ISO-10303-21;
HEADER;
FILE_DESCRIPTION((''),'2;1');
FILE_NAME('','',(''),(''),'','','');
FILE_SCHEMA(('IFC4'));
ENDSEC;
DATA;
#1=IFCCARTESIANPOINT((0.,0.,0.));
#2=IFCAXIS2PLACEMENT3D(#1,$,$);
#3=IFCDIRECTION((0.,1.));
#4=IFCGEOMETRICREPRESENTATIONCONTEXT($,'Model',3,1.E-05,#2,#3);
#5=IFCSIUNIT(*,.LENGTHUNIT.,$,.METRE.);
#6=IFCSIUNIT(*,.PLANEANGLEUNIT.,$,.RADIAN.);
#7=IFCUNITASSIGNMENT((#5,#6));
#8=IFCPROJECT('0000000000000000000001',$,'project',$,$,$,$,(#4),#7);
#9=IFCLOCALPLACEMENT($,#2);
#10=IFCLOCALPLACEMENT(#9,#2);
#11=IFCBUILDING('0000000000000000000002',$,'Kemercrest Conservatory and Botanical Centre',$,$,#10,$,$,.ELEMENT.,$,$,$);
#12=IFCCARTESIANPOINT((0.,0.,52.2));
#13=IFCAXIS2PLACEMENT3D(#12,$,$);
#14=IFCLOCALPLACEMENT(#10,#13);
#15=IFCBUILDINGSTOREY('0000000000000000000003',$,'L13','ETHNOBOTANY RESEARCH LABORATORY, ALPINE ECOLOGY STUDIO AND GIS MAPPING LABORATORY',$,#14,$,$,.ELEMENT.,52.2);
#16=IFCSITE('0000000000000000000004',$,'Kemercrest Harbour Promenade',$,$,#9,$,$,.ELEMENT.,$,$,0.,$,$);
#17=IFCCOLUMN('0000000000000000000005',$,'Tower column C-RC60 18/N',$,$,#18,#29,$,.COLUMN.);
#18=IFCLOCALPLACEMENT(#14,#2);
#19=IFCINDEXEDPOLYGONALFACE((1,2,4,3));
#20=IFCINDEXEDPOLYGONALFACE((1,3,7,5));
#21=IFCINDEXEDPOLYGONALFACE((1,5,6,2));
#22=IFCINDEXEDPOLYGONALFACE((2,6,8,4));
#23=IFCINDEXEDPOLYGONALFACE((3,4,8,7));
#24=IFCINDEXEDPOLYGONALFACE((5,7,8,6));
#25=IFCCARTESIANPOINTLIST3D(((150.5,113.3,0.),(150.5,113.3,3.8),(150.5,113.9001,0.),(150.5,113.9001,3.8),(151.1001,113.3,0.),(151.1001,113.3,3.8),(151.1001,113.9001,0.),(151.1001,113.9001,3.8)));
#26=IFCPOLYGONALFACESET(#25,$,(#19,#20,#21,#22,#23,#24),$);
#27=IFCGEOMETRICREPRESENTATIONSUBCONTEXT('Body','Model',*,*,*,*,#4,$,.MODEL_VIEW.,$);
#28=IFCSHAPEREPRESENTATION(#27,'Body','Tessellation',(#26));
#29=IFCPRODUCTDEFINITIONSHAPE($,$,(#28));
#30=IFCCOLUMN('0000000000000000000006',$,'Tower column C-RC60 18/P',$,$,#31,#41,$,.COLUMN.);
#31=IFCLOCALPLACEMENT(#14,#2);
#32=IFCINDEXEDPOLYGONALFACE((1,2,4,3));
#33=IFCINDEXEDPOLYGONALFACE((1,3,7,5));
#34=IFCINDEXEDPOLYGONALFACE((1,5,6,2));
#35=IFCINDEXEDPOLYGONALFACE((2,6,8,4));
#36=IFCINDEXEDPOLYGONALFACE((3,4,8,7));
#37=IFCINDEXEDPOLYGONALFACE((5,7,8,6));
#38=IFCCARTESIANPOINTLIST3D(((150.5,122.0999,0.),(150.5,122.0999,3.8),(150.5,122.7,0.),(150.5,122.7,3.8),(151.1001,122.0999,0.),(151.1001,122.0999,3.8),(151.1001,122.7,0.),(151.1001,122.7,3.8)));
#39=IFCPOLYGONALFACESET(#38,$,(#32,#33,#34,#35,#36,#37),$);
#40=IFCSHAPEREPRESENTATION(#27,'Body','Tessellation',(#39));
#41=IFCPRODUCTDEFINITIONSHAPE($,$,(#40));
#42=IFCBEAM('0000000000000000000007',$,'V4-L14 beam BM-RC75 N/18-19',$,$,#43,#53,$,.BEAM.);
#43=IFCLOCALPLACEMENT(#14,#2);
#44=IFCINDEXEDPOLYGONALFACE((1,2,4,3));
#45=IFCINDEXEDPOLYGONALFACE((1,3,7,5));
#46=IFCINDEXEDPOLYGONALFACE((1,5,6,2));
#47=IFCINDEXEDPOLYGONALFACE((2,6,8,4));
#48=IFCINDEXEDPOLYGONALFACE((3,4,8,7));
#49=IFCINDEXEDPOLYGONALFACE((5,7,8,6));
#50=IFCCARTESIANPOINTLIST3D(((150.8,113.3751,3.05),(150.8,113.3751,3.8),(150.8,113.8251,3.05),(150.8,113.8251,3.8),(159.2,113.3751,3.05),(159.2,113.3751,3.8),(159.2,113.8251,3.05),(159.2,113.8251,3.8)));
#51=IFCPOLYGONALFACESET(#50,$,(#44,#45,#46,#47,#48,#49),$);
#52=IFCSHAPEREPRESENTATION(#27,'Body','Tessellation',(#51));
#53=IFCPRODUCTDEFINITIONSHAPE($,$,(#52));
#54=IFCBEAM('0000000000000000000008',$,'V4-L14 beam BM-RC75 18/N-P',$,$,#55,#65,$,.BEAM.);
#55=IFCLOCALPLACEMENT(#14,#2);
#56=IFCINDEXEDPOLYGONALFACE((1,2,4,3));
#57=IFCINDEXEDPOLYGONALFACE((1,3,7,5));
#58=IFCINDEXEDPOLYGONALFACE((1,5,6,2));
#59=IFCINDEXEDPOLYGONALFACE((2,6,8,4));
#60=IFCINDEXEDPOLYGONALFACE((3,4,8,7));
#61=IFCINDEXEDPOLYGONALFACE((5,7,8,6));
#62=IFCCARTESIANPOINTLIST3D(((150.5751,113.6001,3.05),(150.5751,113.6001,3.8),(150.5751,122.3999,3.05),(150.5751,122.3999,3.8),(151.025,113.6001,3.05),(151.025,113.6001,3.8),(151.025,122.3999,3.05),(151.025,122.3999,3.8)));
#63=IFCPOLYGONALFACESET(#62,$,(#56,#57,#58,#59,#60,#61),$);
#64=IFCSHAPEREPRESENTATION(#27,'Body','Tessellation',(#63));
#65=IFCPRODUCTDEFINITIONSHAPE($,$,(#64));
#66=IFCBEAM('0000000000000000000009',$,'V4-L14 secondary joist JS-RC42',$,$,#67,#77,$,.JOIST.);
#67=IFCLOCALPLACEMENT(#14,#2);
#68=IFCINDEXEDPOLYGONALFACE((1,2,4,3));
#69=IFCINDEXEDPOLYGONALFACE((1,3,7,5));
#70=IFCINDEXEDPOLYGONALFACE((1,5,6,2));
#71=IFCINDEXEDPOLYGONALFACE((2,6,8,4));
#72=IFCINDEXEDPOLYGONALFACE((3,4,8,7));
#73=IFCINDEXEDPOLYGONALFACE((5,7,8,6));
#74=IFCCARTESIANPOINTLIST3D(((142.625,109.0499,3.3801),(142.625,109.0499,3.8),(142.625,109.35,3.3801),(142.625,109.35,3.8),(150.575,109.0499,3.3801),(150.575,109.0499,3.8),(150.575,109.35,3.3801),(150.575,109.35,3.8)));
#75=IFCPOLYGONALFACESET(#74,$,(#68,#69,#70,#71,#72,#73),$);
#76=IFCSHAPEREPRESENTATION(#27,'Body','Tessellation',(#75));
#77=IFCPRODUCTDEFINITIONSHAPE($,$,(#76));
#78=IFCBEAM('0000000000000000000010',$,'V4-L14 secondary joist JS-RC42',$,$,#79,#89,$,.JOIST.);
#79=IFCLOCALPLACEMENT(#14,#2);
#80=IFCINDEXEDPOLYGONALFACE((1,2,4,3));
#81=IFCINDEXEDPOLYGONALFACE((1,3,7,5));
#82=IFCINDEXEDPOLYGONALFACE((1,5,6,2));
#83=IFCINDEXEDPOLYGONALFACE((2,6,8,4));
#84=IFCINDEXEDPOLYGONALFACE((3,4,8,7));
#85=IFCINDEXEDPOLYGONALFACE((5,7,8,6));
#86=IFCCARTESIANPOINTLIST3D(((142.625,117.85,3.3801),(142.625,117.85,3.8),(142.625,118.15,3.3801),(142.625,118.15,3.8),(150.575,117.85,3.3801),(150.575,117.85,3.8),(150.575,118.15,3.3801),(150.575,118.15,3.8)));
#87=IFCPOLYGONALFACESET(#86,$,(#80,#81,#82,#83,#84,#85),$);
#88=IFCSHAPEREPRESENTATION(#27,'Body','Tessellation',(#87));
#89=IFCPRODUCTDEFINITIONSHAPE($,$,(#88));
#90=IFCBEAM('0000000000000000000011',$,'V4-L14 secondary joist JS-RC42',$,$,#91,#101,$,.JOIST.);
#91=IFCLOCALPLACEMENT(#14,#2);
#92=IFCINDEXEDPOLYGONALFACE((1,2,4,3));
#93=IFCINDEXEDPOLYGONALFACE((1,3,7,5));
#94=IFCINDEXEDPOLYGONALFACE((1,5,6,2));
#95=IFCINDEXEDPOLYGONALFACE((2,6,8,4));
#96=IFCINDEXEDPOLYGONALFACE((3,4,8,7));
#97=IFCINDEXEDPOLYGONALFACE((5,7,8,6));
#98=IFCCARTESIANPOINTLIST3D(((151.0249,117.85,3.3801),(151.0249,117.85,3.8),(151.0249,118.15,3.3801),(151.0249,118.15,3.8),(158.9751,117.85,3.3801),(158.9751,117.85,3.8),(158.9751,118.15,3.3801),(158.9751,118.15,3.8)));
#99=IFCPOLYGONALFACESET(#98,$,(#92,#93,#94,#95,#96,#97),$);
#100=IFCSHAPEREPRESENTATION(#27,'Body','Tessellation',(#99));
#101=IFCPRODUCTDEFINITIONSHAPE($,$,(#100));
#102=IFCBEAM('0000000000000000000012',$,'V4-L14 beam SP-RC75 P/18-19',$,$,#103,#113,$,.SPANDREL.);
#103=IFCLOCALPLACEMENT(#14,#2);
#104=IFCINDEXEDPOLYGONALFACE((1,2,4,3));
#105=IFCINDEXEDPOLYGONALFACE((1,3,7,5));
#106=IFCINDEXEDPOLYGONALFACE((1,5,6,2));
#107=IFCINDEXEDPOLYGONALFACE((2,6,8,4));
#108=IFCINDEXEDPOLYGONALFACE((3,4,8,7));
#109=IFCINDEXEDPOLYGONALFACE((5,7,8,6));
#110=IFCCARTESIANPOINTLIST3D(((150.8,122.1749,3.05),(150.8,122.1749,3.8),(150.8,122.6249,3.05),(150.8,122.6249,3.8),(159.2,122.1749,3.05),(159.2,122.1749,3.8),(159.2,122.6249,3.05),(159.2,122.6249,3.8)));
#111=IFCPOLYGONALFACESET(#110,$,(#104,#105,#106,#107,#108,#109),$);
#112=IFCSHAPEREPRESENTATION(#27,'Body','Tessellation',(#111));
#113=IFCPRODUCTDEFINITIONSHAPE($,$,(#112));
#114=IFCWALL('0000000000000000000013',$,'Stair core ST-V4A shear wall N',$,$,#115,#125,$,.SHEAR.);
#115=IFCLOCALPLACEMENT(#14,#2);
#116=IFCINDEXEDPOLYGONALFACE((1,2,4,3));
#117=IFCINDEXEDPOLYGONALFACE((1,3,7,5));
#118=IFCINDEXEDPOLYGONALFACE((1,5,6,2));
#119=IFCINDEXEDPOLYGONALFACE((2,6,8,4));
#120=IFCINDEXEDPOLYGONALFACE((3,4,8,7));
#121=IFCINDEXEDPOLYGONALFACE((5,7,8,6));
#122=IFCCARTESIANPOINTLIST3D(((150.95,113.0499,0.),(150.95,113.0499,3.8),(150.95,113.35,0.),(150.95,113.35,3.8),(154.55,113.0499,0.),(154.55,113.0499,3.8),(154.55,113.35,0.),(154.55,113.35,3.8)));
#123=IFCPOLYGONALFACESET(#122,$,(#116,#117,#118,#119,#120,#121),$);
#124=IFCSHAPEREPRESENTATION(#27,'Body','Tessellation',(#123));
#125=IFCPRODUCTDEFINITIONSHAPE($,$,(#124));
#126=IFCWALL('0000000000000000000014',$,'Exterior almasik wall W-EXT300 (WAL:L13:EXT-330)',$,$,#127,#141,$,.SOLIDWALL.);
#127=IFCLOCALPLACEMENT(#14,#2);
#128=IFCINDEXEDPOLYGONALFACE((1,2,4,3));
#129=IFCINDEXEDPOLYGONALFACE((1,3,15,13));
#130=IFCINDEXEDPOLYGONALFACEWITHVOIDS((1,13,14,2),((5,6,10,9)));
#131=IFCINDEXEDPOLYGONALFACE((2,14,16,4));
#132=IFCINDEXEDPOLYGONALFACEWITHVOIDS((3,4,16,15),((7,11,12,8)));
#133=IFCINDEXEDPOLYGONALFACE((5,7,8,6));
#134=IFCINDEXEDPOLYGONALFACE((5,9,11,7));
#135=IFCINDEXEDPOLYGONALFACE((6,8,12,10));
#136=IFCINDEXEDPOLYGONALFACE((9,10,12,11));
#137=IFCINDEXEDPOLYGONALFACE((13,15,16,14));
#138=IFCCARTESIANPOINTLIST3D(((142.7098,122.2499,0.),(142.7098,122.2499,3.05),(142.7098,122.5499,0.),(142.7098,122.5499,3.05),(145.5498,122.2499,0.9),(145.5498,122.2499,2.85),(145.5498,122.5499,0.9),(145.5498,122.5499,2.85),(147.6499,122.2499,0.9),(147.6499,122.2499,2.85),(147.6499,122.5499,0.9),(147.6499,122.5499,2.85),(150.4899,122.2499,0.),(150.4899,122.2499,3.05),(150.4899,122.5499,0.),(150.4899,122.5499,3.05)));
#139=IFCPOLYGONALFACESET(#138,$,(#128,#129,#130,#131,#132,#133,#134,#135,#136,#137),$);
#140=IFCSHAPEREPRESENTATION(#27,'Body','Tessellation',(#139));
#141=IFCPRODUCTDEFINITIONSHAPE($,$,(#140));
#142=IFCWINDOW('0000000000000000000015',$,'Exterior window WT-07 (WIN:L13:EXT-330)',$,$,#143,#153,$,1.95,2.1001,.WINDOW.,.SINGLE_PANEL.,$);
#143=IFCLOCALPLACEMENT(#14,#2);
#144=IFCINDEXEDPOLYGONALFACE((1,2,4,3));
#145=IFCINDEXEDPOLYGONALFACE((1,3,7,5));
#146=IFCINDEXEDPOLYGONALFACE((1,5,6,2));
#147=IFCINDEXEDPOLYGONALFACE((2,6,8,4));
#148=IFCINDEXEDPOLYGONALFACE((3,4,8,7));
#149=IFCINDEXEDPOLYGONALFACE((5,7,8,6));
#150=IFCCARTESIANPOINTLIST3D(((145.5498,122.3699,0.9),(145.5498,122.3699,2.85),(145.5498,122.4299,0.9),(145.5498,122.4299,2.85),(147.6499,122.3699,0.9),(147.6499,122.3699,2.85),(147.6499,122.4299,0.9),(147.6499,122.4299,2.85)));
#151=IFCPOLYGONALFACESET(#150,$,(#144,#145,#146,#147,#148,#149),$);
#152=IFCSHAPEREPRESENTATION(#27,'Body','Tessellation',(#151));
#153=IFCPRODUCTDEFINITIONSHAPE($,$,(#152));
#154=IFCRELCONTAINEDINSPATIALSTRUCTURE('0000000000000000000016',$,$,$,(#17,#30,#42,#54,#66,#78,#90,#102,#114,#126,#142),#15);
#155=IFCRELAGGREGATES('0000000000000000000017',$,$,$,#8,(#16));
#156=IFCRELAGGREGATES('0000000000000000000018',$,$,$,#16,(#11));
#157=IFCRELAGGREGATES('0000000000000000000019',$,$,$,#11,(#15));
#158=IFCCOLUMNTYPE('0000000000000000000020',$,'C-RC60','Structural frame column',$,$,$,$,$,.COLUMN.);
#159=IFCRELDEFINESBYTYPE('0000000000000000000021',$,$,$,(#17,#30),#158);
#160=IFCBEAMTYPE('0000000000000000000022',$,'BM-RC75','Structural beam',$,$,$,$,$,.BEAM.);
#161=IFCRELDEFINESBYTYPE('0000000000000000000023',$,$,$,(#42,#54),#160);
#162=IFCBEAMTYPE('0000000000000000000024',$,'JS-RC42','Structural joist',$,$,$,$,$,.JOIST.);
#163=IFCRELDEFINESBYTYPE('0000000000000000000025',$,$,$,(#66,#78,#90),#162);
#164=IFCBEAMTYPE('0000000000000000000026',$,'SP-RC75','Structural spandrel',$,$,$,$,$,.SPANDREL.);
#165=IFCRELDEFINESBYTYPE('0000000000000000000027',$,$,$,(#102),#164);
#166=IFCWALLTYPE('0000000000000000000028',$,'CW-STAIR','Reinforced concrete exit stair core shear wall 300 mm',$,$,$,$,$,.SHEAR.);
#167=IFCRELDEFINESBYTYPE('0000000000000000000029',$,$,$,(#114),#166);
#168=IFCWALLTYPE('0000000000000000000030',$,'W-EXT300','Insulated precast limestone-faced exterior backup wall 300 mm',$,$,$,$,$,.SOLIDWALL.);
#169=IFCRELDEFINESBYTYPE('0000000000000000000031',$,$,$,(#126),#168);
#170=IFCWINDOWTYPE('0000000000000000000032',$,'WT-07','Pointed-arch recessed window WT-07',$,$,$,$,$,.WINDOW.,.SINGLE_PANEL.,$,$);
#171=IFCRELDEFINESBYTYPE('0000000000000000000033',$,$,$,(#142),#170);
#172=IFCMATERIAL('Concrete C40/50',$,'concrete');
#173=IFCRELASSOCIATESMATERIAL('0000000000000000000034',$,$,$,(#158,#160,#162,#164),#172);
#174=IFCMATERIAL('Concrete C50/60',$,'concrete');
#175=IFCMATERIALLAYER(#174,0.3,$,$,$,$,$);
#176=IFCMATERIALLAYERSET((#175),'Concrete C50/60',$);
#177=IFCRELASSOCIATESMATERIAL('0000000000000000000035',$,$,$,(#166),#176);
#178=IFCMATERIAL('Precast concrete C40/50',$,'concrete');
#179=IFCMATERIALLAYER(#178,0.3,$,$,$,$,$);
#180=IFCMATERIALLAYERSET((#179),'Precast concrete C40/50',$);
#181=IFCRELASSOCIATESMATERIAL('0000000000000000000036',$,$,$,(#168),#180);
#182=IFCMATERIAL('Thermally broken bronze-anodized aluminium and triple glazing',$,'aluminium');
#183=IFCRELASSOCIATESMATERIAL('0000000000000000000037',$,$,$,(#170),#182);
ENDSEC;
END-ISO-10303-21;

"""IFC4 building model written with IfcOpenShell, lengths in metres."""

from ifc_helpers import new_model, si_unit, direction, frame, frame_2d, origin, origin_2d, place, context, subcontext, project, spatial, rectangle, extrude, material, layer, layer_set, material_profile, profile_set, type_object, element, fill, save


model = new_model("IFC4")

# Units and contexts
model_context = context("Model", 3, precision=1e-05, world=origin(), true_north=direction((0.0, 1.0)))
body_context = subcontext(model_context, "Body", "Model", "MODEL_VIEW")
ifc_project = project(units=[si_unit("LENGTHUNIT", "METRE"), si_unit("PLANEANGLEUNIT", "RADIAN")], contexts=[model_context])

# Site, building, storey
site_placement = place(None, origin())
site = spatial("IfcSite", under=ifc_project, at=site_placement, Name="Kemercrest Harbour Promenade", CompositionType="ELEMENT", RefElevation=0.0)
building_placement = place(site_placement, origin())
building = spatial("IfcBuilding", under=site, at=building_placement, Name="Kemercrest Conservatory and Botanical Centre", CompositionType="ELEMENT")
storey_placement = place(building_placement, frame((0.0, 0.0, 52.2)))
storey = spatial("IfcBuildingStorey", under=building, at=storey_placement, Name="L13", Description="ETHNOBOTANY RESEARCH LABORATORY, ALPINE ECOLOGY STUDIO AND GIS MAPPING LABORATORY", CompositionType="ELEMENT", Elevation=52.2)

# Columns
ifc_material_1 = material(Name="Concrete C40/50", Category="concrete")
ifc_material_profile_1 = material_profile(ifc_material_1, rectangle(XDim=0.6001, YDim=0.6001, at=origin_2d()), Name="RC 600x600")
ifc_profile_set_1 = profile_set([ifc_material_profile_1], Name="Concrete C40/50")
column_type = type_object("IfcColumnType", Name="C-RC60", Description="Structural frame column", PredefinedType="COLUMN", material=ifc_profile_set_1)
for number, where, z_axis, x_axis, name in (
    (1, (150.8, 113.6001, 0.0), (0.0, 0.0, 1.0), (1.0, 0.0, 0.0), "Tower column C-RC60 18/N"),
    (2, (150.8, 122.3999, 0.0), (0.0, 0.0, 1.0), (1.0, 0.0, 0.0), "Tower column C-RC60 18/P"),
):
    element("IfcColumn", number, at=place(storey_placement, frame(where, z_axis=z_axis, x_axis=x_axis)), inside=storey, type_object=column_type, Name=name, PredefinedType="COLUMN", context=body_context, shape_type="SweptSolid", body=[
        extrude(rectangle(XDim=0.6001, YDim=0.6001, at=origin_2d()), origin(), (0.0, 0.0, 1.0), 3.8),
    ])

# Beams
ifc_material_profile_2 = material_profile(ifc_material_1, rectangle(XDim=0.45, YDim=0.75, at=origin_2d()), Name="RC 450x750")
ifc_profile_set_2 = profile_set([ifc_material_profile_2], Name="Concrete C40/50")
beam_type_1 = type_object("IfcBeamType", Name="BM-RC75", Description="Structural beam", PredefinedType="BEAM", material=ifc_profile_set_2)
beam_1_placement = place(storey_placement, frame((150.8, 113.6001, 3.425), z_axis=(1.0, 0.0, 0.0), x_axis=(0.0, 1.0, 0.0)))
element("IfcBeam", 3, at=beam_1_placement, inside=storey, type_object=beam_type_1, Name="V4-L14 beam BM-RC75 N/18-19", PredefinedType="BEAM", context=body_context, shape_type="SweptSolid", body=[
    extrude(rectangle(XDim=0.45, YDim=0.75, at=origin_2d()), origin(), (0.0, 0.0, 1.0), 8.3999),
])
beam_2_placement = place(storey_placement, frame((150.8, 113.6001, 3.425), z_axis=(0.0, 1.0, 0.0), x_axis=(-1.0, 0.0, 0.0)))
element("IfcBeam", 4, at=beam_2_placement, inside=storey, type_object=beam_type_1, Name="V4-L14 beam BM-RC75 18/N-P", PredefinedType="BEAM", context=body_context, shape_type="SweptSolid", body=[
    extrude(rectangle(XDim=0.45, YDim=0.75, at=origin_2d()), origin(), (0.0, 0.0, 1.0), 8.7998),
])
ifc_material_profile_3 = material_profile(ifc_material_1, rectangle(XDim=0.3, YDim=0.4199, at=origin_2d()), Name="RC 300x420")
ifc_profile_set_3 = profile_set([ifc_material_profile_3], Name="Concrete C40/50")
beam_type_2 = type_object("IfcBeamType", Name="JS-RC42", Description="Structural joist", PredefinedType="JOIST", material=ifc_profile_set_3)
for number, where, z_axis, x_axis, name in (
    (5, (142.625, 109.2, 3.5901), (1.0, 0.0, 0.0), (0.0, 1.0, 0.0), "V4-L14 secondary joist JS-RC42"),
    (6, (142.625, 118.0, 3.5901), (1.0, 0.0, 0.0), (0.0, 1.0, 0.0), "V4-L14 secondary joist JS-RC42"),
):
    element("IfcBeam", number, at=place(storey_placement, frame(where, z_axis=z_axis, x_axis=x_axis)), inside=storey, type_object=beam_type_2, Name=name, PredefinedType="JOIST", context=body_context, shape_type="SweptSolid", body=[
        extrude(rectangle(XDim=0.3, YDim=0.4199, at=origin_2d()), origin(), (0.0, 0.0, 1.0), 7.95),
    ])
beam_3_placement = place(storey_placement, frame((151.0249, 118.0, 3.5901), z_axis=(1.0, 0.0, 0.0), x_axis=(0.0, 1.0, 0.0)))
element("IfcBeam", 7, at=beam_3_placement, inside=storey, type_object=beam_type_2, Name="V4-L14 secondary joist JS-RC42", PredefinedType="JOIST", context=body_context, shape_type="SweptSolid", body=[
    extrude(rectangle(XDim=0.3, YDim=0.4199, at=origin_2d()), origin(), (0.0, 0.0, 1.0), 7.9502),
])
ifc_material_profile_4 = material_profile(ifc_material_1, rectangle(XDim=0.45, YDim=0.75, at=origin_2d()), Name="RC 450x750")
ifc_profile_set_4 = profile_set([ifc_material_profile_4], Name="Concrete C40/50")
beam_type_3 = type_object("IfcBeamType", Name="SP-RC75", Description="Structural spandrel", PredefinedType="SPANDREL", material=ifc_profile_set_4)
beam_4_placement = place(storey_placement, frame((150.8, 122.3999, 3.425), z_axis=(1.0, 0.0, 0.0), x_axis=(0.0, 1.0, 0.0)))
element("IfcBeam", 8, at=beam_4_placement, inside=storey, type_object=beam_type_3, Name="V4-L14 beam SP-RC75 P/18-19", PredefinedType="SPANDREL", context=body_context, shape_type="SweptSolid", body=[
    extrude(rectangle(XDim=0.45, YDim=0.75, at=origin_2d()), origin(), (0.0, 0.0, 1.0), 8.3999),
])

# Wall
ifc_material_2 = material(Name="Concrete C50/60", Category="concrete")
ifc_layer_1 = layer(ifc_material_2, 0.3)
ifc_layer_set_1 = layer_set([ifc_layer_1], Name="Concrete C50/60")
wall_type_1 = type_object("IfcWallType", Name="CW-STAIR", Description="Reinforced concrete exit stair core shear wall 300 mm", PredefinedType="SHEAR", material=ifc_layer_set_1)
wall_1_placement = place(storey_placement, frame((150.95, 113.2, 0.0), z_axis=(0.0, 0.0, 1.0), x_axis=(1.0, 0.0, 0.0)))
element("IfcWall", 9, at=wall_1_placement, inside=storey, type_object=wall_type_1, Name="Stair core ST-V4A shear wall N", PredefinedType="SHEAR", context=body_context, shape_type="SweptSolid", body=[
    extrude(rectangle(XDim=3.6001, YDim=0.3, at=frame_2d((1.8, 0.0))), origin(), (0.0, 0.0, 1.0), 3.8),
])

# Wall, opening, window
ifc_material_3 = material(Name="Precast concrete C40/50", Category="concrete")
ifc_layer_2 = layer(ifc_material_3, 0.3)
ifc_layer_set_2 = layer_set([ifc_layer_2], Name="Precast concrete C40/50")
wall_type_2 = type_object("IfcWallType", Name="W-EXT300", Description="Insulated precast limestone-faced exterior backup wall 300 mm", PredefinedType="SOLIDWALL", material=ifc_layer_set_2)
wall_2_placement = place(storey_placement, frame((150.49, 122.3999, 0.0), z_axis=(0.0, 0.0, 1.0), x_axis=(-1.0, 0.0, 0.0)))
wall_2 = element("IfcWall", 10, at=wall_2_placement, inside=storey, type_object=wall_type_2, Name="Exterior almasik wall W-EXT300 (WAL:L13:EXT-330)", PredefinedType="SOLIDWALL", context=body_context, shape_type="SweptSolid", body=[
    extrude(rectangle(XDim=7.78, YDim=0.3, at=frame_2d((3.8901, 0.0))), origin(), (0.0, 0.0, 1.0), 3.05),
])
opening_1_placement = place(wall_2_placement, frame((2.8401, 0.0, 0.8999)))
opening_1 = element("IfcOpeningElement", 11, at=opening_1_placement, cuts=wall_2, PredefinedType="OPENING", context=body_context, shape_type="SweptSolid", body=[
    extrude(rectangle(XDim=2.1001, YDim=1.95, at=frame_2d((1.05, 0.9751))), frame((0.0, 0.1602, 0.0), z_axis=(0.0, -1.0, 0.0), x_axis=(1.0, 0.0, 0.0)), (0.0, 0.0, 1.0), 0.3201),
])
ifc_material_4 = material(Name="Thermally broken bronze-anodized aluminium and triple glazing", Category="aluminium")
window_type = type_object("IfcWindowType", Name="WT-07", Description="Pointed-arch recessed window WT-07", PartitioningType="SINGLE_PANEL", PredefinedType="WINDOW", material=ifc_material_4)
window_placement = place(opening_1_placement, origin())
window = element("IfcWindow", 12, at=window_placement, inside=storey, type_object=window_type, Name="Exterior window WT-07 (WIN:L13:EXT-330)", OverallHeight=1.95, OverallWidth=2.1001, PartitioningType="SINGLE_PANEL", PredefinedType="WINDOW", context=body_context, shape_type="SweptSolid", body=[
    extrude(rectangle(XDim=2.1001, YDim=1.95, at=frame_2d((1.05, 0.9751))), frame((0.0, 0.03, 0.0), z_axis=(0.0, -1.0, 0.0), x_axis=(1.0, 0.0, 0.0)), (0.0, 0.0, 1.0), 0.0601),
])
fill(opening_1, window)

save(model, "model.ifc")
